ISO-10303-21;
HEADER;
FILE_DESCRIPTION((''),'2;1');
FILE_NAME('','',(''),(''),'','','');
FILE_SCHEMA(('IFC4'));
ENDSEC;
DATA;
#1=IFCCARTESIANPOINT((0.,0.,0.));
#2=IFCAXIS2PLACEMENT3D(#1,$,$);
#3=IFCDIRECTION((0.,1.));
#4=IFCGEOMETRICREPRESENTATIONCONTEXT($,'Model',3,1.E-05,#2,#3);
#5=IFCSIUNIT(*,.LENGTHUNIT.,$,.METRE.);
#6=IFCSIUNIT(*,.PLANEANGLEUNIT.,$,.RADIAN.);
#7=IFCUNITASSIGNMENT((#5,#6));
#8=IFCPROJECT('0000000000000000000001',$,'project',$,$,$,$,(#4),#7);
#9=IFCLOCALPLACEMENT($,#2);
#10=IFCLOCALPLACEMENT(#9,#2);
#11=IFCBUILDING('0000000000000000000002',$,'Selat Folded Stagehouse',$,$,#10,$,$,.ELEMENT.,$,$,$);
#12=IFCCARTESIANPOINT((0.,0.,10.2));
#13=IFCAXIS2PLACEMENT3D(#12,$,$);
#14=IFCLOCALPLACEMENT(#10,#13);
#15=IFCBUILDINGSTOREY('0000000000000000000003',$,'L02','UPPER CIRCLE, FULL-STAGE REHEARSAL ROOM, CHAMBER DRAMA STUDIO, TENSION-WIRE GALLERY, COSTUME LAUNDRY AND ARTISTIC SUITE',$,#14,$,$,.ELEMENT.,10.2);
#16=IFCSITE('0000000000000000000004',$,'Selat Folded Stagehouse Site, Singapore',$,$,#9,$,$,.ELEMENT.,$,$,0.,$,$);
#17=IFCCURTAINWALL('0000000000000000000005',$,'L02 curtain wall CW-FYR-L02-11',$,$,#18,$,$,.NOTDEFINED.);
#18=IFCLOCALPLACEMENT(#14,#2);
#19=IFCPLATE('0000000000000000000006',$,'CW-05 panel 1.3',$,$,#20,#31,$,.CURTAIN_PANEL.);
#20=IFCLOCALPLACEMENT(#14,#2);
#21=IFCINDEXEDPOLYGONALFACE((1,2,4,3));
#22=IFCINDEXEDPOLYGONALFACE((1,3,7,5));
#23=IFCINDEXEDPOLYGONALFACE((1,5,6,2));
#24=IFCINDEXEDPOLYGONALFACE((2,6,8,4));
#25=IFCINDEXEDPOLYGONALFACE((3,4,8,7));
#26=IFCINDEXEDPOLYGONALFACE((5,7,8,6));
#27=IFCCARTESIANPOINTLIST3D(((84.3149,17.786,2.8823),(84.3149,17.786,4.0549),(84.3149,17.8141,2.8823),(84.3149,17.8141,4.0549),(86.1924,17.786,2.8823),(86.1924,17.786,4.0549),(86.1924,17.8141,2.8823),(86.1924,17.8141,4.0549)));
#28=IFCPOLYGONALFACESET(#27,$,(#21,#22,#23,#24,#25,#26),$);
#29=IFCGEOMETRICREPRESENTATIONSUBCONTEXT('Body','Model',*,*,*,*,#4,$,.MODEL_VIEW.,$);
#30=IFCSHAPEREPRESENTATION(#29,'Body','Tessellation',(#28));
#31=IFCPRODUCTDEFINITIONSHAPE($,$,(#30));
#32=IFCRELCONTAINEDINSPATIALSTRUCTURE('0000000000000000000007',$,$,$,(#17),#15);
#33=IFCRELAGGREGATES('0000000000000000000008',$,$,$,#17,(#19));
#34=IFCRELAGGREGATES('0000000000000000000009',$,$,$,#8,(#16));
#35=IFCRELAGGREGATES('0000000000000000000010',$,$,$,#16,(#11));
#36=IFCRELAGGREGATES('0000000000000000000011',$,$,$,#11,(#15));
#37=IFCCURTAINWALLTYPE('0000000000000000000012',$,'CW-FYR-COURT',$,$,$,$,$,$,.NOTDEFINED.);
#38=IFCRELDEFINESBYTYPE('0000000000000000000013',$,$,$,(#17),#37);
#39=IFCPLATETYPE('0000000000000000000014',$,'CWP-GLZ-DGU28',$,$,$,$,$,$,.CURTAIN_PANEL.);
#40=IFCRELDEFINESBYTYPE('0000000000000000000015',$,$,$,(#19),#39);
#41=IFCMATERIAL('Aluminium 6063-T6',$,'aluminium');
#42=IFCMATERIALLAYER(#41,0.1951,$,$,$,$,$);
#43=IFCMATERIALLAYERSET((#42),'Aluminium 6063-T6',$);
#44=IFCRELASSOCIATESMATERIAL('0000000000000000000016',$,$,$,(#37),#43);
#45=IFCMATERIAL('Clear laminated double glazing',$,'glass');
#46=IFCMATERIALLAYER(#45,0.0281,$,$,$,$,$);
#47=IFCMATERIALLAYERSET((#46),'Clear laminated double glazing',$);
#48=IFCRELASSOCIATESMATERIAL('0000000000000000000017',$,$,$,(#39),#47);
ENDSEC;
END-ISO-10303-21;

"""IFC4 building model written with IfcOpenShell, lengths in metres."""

from ifc_helpers import new_model, si_unit, direction, frame, origin, origin_2d, place, context, subcontext, project, spatial, rectangle, extrude, material, layer, layer_set, type_object, element, aggregate, save


model = new_model("IFC4")

# Units and contexts
model_context = context("Model", 3, precision=1e-05, world=origin(), true_north=direction((0.0, 1.0)))
body_context = subcontext(model_context, "Body", "Model", "MODEL_VIEW")
ifc_project = project(units=[si_unit("LENGTHUNIT", "METRE"), si_unit("PLANEANGLEUNIT", "RADIAN")], contexts=[model_context])

# Site, building, storey
site_placement = place(None, origin())
site = spatial("IfcSite", under=ifc_project, at=site_placement, Name="Selat Folded Stagehouse Site, Singapore", CompositionType="ELEMENT", RefElevation=0.0)
building_placement = place(site_placement, origin())
building = spatial("IfcBuilding", under=site, at=building_placement, Name="Selat Folded Stagehouse", CompositionType="ELEMENT")
storey_placement = place(building_placement, frame((0.0, 0.0, 10.2)))
storey = spatial("IfcBuildingStorey", under=building, at=storey_placement, Name="L02", Description="UPPER CIRCLE, FULL-STAGE REHEARSAL ROOM, CHAMBER DRAMA STUDIO, TENSION-WIRE GALLERY, COSTUME LAUNDRY AND ARTISTIC SUITE", CompositionType="ELEMENT", Elevation=10.2)

# Shared definitions
ifc_material_1 = material(Name="Aluminium 6063-T6", Category="aluminium")
ifc_layer_1 = layer(ifc_material_1, 0.1951)
ifc_layer_set_1 = layer_set([ifc_layer_1], Name="Aluminium 6063-T6")
curtain_wall_type = type_object("IfcCurtainWallType", Name="CW-FYR-COURT", PredefinedType="NOTDEFINED", material=ifc_layer_set_1)

# Curtain wall
curtain_wall_1_placement = place(storey_placement, origin())
curtain_wall_1 = element("IfcCurtainWall", 1, at=curtain_wall_1_placement, inside=storey, type_object=curtain_wall_type, Name="L02 curtain wall CW-FYR-L02-11", PredefinedType="NOTDEFINED")

# Plate
ifc_material_2 = material(Name="Clear laminated double glazing", Category="glass")
ifc_layer_2 = layer(ifc_material_2, 0.0281)
ifc_layer_set_2 = layer_set([ifc_layer_2], Name="Clear laminated double glazing")
plate_type = type_object("IfcPlateType", Name="CWP-GLZ-DGU28", PredefinedType="CURTAIN_PANEL", material=ifc_layer_set_2)
plate_1_placement = place(storey_placement, frame((85.2537, 17.8, 2.8823), z_axis=(0.0, 0.0, 1.0), x_axis=(1.0, 0.0, 0.0)))
plate_1 = element("IfcPlate", 2, at=plate_1_placement, type_object=plate_type, Name="CW-05 panel 1.3", PredefinedType="CURTAIN_PANEL", context=body_context, shape_type="SweptSolid", body=[
    extrude(rectangle(XDim=1.8774, YDim=0.0281, at=origin_2d()), origin(), (0.0, 0.0, 1.0), 1.1726),
])
aggregate(curtain_wall_1, [plate_1])

save(model, "model.ifc")
